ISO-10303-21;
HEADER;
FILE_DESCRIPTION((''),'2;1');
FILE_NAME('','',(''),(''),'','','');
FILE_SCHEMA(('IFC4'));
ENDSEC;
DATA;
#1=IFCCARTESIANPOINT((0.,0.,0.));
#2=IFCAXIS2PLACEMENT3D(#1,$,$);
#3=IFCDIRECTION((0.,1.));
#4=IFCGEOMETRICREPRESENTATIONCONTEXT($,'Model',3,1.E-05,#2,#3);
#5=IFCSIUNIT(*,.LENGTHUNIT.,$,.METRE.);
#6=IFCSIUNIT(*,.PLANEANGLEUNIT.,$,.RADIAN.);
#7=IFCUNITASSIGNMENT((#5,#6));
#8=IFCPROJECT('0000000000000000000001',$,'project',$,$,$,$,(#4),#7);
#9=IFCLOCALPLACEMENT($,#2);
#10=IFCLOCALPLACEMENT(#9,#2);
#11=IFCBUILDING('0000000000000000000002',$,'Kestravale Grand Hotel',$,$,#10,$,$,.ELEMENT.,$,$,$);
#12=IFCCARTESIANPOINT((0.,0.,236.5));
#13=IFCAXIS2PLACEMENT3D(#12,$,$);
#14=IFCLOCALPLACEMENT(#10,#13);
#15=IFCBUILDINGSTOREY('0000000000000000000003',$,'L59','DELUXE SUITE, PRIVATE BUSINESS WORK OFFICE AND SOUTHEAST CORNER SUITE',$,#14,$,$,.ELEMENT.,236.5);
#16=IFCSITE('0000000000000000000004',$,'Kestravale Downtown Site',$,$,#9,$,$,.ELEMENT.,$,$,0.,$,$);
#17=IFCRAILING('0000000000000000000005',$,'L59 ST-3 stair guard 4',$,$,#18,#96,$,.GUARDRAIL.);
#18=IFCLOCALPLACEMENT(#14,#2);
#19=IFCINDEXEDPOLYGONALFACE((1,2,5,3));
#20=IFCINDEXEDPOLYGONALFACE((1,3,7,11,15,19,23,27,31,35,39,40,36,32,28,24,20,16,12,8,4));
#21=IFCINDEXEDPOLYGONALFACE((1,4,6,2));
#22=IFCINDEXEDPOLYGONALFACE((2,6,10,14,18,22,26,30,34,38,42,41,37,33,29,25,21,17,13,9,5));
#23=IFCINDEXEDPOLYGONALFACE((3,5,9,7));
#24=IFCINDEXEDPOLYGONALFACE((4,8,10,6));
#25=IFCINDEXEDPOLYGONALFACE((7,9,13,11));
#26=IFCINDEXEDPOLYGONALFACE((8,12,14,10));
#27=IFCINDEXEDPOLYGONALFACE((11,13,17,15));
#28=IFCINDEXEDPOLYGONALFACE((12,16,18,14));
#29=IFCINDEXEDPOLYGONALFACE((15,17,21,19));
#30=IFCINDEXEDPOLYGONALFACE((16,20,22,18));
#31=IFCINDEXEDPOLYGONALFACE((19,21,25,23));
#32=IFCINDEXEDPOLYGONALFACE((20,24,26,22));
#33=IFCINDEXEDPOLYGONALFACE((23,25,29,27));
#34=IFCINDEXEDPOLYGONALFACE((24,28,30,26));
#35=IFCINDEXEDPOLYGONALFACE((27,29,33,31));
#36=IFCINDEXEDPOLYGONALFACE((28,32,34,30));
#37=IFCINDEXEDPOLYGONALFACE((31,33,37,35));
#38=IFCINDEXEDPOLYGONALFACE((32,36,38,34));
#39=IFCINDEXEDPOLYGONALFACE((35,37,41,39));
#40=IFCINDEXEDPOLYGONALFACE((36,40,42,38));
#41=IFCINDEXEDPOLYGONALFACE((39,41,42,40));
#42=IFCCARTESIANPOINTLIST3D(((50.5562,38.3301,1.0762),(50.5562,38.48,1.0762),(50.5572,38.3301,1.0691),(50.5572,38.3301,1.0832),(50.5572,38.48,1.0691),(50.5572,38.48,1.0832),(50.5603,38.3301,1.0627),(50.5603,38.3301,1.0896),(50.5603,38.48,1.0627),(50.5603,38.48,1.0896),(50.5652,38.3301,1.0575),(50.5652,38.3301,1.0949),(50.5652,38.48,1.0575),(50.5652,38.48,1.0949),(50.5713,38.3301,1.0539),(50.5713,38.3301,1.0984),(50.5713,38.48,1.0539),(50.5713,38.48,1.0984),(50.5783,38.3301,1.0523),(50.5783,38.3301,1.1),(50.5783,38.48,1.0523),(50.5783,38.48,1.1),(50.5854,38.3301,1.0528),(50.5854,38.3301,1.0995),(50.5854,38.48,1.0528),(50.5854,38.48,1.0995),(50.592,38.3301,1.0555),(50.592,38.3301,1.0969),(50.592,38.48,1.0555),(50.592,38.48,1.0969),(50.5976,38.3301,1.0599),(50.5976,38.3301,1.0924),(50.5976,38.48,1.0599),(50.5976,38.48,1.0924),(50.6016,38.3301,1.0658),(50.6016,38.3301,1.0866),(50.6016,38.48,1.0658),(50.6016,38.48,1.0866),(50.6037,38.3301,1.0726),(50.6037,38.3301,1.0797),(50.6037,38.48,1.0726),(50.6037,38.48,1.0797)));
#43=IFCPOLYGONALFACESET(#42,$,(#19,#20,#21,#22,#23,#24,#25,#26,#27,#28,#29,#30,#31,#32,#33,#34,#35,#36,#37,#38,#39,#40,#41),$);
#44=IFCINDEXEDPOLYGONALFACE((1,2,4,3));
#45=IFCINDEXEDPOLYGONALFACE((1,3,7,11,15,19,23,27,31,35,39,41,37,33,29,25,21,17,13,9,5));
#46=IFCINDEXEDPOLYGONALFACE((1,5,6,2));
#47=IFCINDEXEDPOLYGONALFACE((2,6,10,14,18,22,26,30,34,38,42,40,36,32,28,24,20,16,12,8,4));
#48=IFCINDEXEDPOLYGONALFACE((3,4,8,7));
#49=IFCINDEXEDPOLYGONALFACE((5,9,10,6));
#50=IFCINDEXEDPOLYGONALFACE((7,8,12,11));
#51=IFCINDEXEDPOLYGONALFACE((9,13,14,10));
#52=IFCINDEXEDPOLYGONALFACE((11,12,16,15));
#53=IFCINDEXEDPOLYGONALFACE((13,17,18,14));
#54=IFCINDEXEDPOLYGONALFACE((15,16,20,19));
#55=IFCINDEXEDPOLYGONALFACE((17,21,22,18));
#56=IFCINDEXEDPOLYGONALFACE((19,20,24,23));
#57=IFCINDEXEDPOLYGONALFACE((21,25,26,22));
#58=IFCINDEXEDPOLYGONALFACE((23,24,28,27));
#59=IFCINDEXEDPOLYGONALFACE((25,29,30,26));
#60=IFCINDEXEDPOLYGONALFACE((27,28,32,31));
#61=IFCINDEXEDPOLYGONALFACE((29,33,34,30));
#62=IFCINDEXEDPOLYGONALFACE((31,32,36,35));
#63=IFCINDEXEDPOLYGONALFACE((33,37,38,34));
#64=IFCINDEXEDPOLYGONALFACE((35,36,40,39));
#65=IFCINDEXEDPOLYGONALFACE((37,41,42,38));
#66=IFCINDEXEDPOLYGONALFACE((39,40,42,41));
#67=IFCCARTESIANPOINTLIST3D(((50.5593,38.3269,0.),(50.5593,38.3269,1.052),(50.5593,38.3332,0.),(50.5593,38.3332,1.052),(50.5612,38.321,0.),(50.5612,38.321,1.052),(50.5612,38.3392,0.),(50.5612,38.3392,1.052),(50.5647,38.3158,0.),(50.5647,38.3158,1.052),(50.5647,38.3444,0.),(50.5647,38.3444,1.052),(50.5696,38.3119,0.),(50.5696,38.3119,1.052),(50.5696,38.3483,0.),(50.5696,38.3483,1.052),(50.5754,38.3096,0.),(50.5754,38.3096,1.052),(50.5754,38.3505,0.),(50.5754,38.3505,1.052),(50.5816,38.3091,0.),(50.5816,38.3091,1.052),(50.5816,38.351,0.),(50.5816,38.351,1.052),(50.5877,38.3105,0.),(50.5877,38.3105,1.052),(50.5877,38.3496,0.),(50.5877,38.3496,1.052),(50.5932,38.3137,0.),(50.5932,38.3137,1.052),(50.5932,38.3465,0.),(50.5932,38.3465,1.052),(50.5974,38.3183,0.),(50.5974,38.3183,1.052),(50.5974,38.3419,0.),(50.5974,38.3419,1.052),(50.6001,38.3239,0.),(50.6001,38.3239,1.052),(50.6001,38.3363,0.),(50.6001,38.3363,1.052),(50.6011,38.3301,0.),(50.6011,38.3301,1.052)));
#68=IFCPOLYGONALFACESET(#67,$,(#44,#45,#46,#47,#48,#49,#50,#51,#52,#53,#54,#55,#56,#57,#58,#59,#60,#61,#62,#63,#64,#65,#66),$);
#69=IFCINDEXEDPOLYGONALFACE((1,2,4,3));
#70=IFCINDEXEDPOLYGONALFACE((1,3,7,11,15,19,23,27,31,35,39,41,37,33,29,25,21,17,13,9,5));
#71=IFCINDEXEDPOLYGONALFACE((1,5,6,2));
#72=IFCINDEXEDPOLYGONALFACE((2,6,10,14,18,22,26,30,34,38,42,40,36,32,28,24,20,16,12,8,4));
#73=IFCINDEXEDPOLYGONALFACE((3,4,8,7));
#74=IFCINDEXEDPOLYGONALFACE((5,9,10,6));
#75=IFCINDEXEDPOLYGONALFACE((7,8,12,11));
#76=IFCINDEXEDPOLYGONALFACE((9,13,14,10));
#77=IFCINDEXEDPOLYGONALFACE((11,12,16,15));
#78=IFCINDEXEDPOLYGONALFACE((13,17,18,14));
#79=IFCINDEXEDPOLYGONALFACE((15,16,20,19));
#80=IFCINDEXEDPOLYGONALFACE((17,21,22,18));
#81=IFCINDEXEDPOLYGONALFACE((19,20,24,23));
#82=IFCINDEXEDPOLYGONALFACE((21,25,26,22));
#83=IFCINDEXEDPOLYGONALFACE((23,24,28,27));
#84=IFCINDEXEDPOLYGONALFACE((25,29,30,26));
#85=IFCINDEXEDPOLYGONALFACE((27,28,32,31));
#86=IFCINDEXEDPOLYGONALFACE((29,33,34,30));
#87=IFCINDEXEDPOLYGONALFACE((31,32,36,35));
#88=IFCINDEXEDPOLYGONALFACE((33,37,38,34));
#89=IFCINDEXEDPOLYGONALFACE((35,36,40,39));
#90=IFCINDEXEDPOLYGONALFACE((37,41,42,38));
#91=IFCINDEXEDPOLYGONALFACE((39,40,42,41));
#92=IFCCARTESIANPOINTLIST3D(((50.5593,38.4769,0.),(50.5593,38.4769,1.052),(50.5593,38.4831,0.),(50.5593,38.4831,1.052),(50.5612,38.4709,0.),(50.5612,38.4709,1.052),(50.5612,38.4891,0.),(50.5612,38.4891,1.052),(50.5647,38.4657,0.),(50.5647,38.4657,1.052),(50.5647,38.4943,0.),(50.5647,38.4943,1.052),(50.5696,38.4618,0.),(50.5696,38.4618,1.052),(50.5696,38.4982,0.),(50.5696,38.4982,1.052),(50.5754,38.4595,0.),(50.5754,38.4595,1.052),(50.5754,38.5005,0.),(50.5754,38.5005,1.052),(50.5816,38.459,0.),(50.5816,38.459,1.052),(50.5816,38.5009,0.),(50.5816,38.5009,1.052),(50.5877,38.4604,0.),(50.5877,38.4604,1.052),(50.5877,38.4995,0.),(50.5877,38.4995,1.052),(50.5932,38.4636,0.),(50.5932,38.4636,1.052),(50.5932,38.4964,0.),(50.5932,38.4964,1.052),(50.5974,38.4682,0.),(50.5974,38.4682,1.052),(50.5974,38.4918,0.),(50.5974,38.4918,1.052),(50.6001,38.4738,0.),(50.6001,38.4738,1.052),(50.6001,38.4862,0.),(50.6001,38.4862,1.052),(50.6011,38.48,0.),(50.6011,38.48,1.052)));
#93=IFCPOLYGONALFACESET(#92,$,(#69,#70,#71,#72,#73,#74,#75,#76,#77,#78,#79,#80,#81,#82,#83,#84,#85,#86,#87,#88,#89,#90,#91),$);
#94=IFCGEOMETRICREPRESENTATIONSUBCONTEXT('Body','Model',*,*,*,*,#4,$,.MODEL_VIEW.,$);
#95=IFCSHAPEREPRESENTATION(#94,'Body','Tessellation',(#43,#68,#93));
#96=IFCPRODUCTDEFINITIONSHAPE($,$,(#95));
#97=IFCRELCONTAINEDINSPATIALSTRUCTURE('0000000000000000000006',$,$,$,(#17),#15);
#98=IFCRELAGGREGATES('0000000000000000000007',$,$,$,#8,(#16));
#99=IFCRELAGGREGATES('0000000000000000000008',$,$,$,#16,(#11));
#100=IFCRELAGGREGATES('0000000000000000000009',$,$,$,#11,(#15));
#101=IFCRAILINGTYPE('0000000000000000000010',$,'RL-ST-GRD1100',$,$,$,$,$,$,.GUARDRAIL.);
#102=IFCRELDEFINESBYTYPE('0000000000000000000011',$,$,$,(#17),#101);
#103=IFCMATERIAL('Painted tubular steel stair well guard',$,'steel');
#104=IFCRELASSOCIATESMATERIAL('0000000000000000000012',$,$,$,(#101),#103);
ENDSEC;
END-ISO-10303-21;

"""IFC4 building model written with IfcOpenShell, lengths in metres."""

from ifc_helpers import new_model, si_unit, direction, frame, origin, origin_2d, place, context, subcontext, project, spatial, circle, extrude, material, type_object, element, save


model = new_model("IFC4")

# Units and contexts
model_context = context("Model", 3, precision=1e-05, world=origin(), true_north=direction((0.0, 1.0)))
body_context = subcontext(model_context, "Body", "Model", "MODEL_VIEW")
ifc_project = project(units=[si_unit("LENGTHUNIT", "METRE"), si_unit("PLANEANGLEUNIT", "RADIAN")], contexts=[model_context])

# Site, building, storey
site_placement = place(None, origin())
site = spatial("IfcSite", under=ifc_project, at=site_placement, Name="Kestravale Downtown Site", CompositionType="ELEMENT", RefElevation=0.0)
building_placement = place(site_placement, origin())
building = spatial("IfcBuilding", under=site, at=building_placement, Name="Kestravale Grand Hotel", CompositionType="ELEMENT")
storey_placement = place(building_placement, frame((0.0, 0.0, 236.5)))
storey = spatial("IfcBuildingStorey", under=building, at=storey_placement, Name="L59", Description="DELUXE SUITE, PRIVATE BUSINESS WORK OFFICE AND SOUTHEAST CORNER SUITE", CompositionType="ELEMENT", Elevation=236.5)

# Railing
ifc_material_1 = material(Name="Painted tubular steel stair well guard", Category="steel")
railing_type_1 = type_object("IfcRailingType", Name="RL-ST-GRD1100", PredefinedType="GUARDRAIL", material=ifc_material_1)
railing_1_placement = place(storey_placement, frame((50.5801, 38.3301, 0.0)))
element("IfcRailing", 1, at=railing_1_placement, inside=storey, type_object=railing_type_1, Name="L59 ST-3 stair guard 4", PredefinedType="GUARDRAIL", context=body_context, shape_type="SweptSolid", body=[
    extrude(circle(Radius=0.0239, at=origin_2d()), frame((0.0, 0.0, 1.0762), z_axis=(0.0, 1.0, 0.0), x_axis=(-1.0, 0.0, 0.0)), (0.0, 0.0, 1.0), 0.1499),
    extrude(circle(Radius=0.021, at=origin_2d()), origin(), (0.0, 0.0, 1.0), 1.052),
    extrude(circle(Radius=0.021, at=origin_2d()), frame((0.0, 0.1499, 0.0)), (0.0, 0.0, 1.0), 1.052),
])

save(model, "model.ifc")
